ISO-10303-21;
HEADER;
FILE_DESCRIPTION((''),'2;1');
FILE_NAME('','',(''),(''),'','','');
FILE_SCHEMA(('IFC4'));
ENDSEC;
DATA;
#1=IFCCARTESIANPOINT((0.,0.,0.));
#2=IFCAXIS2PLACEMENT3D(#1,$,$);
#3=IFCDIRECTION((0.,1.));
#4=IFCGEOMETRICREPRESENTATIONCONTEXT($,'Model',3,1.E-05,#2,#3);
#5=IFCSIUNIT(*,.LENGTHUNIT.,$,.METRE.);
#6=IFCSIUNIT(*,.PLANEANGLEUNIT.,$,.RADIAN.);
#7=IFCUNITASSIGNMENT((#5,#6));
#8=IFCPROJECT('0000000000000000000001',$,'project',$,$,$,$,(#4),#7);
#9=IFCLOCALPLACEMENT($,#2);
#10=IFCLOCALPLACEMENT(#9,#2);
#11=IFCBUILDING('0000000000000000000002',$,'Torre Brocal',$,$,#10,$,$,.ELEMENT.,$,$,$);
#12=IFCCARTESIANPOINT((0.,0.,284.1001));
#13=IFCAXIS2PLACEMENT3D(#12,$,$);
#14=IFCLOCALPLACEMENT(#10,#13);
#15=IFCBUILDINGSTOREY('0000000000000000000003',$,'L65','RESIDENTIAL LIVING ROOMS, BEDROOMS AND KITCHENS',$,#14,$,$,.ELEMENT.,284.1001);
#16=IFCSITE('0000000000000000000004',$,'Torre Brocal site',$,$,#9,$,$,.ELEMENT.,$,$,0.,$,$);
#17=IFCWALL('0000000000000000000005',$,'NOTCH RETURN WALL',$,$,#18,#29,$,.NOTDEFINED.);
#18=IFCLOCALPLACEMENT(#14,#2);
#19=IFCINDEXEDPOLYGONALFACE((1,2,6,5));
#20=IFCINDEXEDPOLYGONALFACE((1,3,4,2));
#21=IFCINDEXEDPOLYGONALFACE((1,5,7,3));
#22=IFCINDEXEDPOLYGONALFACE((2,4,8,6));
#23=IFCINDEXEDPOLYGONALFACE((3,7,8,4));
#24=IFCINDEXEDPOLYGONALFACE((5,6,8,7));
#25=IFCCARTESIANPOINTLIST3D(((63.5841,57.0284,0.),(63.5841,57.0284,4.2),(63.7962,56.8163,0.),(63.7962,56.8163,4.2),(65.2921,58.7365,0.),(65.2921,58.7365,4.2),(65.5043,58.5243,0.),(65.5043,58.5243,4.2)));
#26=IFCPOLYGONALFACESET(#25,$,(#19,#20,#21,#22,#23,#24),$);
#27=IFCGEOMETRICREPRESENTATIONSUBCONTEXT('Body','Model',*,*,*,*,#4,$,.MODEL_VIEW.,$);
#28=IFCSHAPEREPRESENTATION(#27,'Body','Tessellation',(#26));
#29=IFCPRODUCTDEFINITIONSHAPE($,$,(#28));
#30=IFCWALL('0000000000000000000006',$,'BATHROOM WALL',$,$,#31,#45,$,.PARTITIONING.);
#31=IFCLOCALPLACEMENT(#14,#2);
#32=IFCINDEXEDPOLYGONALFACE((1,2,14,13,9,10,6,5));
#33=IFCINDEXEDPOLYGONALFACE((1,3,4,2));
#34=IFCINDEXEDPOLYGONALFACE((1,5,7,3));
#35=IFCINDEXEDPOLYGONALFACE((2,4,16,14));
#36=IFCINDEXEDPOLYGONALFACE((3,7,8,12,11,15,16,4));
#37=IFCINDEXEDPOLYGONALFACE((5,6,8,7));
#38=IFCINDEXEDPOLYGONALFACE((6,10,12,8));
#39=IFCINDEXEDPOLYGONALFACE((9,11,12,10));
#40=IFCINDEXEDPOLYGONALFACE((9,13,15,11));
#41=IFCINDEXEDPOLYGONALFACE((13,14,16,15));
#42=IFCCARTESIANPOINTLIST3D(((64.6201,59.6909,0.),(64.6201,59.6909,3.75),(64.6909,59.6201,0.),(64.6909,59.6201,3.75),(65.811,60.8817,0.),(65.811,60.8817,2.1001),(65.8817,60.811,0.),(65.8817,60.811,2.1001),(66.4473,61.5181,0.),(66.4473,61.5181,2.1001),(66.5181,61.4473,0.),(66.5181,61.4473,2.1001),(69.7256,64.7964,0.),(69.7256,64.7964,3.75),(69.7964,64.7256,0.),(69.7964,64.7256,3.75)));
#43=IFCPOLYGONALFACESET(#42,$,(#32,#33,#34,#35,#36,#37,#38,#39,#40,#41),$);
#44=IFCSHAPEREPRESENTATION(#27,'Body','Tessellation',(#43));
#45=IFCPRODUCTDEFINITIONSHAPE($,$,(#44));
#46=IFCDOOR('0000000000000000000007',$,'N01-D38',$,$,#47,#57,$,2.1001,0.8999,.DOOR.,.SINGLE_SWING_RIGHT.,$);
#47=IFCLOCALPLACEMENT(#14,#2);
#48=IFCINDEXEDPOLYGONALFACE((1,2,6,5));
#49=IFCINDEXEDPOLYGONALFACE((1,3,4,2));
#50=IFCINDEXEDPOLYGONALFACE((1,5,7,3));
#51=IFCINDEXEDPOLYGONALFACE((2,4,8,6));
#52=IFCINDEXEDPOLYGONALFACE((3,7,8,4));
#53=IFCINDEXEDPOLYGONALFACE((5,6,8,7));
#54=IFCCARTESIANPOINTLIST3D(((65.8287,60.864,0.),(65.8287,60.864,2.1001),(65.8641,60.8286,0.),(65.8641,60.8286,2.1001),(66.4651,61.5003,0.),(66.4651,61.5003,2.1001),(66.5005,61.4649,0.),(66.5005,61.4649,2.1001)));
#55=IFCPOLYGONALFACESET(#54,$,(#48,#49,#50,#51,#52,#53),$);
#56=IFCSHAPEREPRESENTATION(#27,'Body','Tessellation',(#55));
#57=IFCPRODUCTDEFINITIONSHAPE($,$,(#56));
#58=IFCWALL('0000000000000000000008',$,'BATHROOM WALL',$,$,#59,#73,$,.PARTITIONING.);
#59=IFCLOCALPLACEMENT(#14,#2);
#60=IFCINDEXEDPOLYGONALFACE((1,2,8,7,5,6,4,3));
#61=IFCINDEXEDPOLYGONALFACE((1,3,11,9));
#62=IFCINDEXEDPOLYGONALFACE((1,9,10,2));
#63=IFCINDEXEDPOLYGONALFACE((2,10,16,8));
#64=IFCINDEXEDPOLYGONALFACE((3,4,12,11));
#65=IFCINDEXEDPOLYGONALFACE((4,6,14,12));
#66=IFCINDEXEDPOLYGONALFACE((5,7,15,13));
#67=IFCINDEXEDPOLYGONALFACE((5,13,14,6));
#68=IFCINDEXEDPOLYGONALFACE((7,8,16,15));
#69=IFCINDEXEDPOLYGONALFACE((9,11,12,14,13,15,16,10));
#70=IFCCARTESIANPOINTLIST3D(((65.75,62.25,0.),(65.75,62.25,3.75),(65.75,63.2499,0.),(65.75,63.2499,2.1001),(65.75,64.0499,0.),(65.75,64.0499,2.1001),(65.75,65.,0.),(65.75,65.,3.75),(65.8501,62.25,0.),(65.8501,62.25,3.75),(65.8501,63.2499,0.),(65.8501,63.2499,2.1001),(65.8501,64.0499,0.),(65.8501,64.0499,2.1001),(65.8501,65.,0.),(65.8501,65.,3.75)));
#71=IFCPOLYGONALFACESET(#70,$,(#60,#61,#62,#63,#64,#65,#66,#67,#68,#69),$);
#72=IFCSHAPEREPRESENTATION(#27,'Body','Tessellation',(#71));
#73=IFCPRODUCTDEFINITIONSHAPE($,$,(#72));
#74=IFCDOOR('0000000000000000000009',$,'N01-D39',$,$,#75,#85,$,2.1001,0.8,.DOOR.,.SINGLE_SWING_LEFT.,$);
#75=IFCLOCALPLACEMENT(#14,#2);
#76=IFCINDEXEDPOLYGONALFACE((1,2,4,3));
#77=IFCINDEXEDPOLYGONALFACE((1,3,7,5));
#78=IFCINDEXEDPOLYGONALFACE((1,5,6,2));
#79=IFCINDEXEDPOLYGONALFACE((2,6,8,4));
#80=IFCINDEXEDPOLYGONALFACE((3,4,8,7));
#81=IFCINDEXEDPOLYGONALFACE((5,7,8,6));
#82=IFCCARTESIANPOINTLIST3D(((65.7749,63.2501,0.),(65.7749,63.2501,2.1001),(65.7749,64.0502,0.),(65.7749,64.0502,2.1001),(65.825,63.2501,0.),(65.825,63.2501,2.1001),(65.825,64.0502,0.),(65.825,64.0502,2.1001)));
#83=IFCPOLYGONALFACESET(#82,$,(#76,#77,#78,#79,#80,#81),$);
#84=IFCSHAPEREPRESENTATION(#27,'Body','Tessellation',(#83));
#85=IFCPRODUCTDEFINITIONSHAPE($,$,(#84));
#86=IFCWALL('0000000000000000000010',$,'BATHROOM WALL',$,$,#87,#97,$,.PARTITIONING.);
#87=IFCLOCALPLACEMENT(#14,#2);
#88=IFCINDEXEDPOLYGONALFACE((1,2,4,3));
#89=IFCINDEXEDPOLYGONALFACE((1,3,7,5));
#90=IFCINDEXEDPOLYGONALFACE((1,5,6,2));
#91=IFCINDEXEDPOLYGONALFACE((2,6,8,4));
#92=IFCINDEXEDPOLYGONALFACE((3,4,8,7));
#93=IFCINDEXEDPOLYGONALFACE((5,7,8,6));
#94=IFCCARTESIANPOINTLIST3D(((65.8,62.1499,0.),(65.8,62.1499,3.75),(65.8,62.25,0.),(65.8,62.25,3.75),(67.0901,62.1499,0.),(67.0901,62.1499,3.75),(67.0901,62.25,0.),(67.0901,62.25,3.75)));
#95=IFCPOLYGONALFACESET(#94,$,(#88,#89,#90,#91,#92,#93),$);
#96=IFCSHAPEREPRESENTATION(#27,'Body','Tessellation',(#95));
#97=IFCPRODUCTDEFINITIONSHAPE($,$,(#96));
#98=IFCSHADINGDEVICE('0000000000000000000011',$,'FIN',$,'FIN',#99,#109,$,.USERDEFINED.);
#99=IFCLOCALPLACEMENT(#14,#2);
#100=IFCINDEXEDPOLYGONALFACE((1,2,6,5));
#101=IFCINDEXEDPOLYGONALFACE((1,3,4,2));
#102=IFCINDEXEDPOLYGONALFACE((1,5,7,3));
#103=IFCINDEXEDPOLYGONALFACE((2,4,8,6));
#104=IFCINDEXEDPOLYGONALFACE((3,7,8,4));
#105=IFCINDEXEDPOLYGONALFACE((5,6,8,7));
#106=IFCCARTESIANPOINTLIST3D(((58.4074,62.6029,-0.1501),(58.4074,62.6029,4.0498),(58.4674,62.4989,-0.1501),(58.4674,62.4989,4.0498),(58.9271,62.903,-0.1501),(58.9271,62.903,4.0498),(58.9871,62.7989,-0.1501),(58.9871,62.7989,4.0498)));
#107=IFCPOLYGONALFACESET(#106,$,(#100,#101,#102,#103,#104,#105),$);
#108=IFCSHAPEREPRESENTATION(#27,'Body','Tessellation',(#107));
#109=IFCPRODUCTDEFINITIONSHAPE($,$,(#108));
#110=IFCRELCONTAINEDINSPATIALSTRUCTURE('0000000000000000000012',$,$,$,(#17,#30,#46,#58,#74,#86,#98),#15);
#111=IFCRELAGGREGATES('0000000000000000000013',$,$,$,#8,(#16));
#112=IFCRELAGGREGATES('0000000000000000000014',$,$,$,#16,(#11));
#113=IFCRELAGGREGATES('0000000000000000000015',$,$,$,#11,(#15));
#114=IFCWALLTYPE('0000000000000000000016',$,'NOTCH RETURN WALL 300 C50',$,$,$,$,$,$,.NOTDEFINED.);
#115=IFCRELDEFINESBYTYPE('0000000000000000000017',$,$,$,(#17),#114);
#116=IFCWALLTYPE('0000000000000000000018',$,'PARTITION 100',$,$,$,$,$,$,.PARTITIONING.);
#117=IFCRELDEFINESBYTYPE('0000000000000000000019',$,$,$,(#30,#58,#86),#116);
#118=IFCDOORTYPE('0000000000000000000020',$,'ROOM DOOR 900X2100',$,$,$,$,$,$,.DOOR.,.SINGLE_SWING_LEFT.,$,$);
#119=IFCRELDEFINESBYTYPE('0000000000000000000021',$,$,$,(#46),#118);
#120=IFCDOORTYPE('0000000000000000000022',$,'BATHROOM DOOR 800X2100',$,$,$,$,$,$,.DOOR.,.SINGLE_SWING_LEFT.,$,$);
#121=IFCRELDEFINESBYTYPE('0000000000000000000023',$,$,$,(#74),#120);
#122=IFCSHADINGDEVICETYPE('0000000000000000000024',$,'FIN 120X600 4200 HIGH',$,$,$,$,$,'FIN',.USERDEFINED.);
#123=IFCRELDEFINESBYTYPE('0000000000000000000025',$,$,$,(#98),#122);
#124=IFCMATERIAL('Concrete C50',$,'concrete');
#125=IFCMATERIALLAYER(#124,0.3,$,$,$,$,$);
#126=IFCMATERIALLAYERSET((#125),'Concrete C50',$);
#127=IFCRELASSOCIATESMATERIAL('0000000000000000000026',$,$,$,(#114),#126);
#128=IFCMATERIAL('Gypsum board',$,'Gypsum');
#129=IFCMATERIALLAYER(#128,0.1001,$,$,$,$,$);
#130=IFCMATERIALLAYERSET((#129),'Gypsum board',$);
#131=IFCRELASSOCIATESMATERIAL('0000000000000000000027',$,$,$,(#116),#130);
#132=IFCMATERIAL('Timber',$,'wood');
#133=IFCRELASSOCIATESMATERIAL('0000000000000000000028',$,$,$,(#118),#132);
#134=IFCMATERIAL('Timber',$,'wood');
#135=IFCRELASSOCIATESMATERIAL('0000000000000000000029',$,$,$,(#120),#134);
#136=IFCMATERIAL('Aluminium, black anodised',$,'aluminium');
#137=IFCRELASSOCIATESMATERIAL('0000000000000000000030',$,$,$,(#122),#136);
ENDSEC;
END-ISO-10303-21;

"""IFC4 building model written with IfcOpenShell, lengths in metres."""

from ifc_helpers import new_model, si_unit, direction, frame, frame_2d, origin, origin_2d, place, context, subcontext, project, spatial, rectangle, extrude, material, layer, layer_set, material_profile, profile_set, type_object, element, fill, save


model = new_model("IFC4")

# Units and contexts
model_context = context("Model", 3, precision=1e-05, world=origin(), true_north=direction((0.0, 1.0)))
body_context = subcontext(model_context, "Body", "Model", "MODEL_VIEW")
ifc_project = project(units=[si_unit("LENGTHUNIT", "METRE"), si_unit("PLANEANGLEUNIT", "RADIAN")], contexts=[model_context])

# Site, building, storey
site_placement = place(None, origin())
site = spatial("IfcSite", under=ifc_project, at=site_placement, Name="Torre Brocal site", CompositionType="ELEMENT", RefElevation=0.0)
building_placement = place(site_placement, origin())
building = spatial("IfcBuilding", under=site, at=building_placement, Name="Torre Brocal", CompositionType="ELEMENT")
storey_placement = place(building_placement, frame((0.0, 0.0, 284.1001)))
storey = spatial("IfcBuildingStorey", under=building, at=storey_placement, Name="L65", Description="RESIDENTIAL LIVING ROOMS, BEDROOMS AND KITCHENS", CompositionType="ELEMENT", Elevation=284.1001)

# Wall
ifc_material_1 = material(Name="Concrete C50", Category="concrete")
ifc_layer_1 = layer(ifc_material_1, 0.3)
ifc_layer_set_1 = layer_set([ifc_layer_1], Name="Concrete C50")
wall_type_1 = type_object("IfcWallType", Name="NOTCH RETURN WALL 300 C50", PredefinedType="NOTDEFINED", material=ifc_layer_set_1)
for number, where, z_axis, x_axis, name in (
    (1, (65.3982, 58.6304, 0.0), (0.0, 0.0, 1.0), (-0.707107, -0.707107, 0.0), "NOTCH RETURN WALL"),
):
    element("IfcWall", number, at=place(storey_placement, frame(where, z_axis=z_axis, x_axis=x_axis)), inside=storey, type_object=wall_type_1, Name=name, PredefinedType="NOTDEFINED", context=body_context, shape_type="SweptSolid", body=[
        extrude(rectangle(XDim=2.4155, YDim=0.3, at=frame_2d((1.2078, 0.0))), origin(), (0.0, 0.0, 1.0), 4.2),
    ])

# Walls, openings, doors
ifc_material_2 = material(Name="Gypsum board", Category="Gypsum")
ifc_layer_2 = layer(ifc_material_2, 0.1001)
ifc_layer_set_2 = layer_set([ifc_layer_2], Name="Gypsum board")
wall_type_2 = type_object("IfcWallType", Name="PARTITION 100", PredefinedType="PARTITIONING", material=ifc_layer_set_2)
wall_1_placement = place(storey_placement, frame((64.6555, 59.6555, 0.0), z_axis=(0.0, 0.0, 1.0), x_axis=(0.707107, 0.707107, 0.0)))
wall_1 = element("IfcWall", 2, at=wall_1_placement, inside=storey, type_object=wall_type_2, Name="BATHROOM WALL", PredefinedType="PARTITIONING", context=body_context, shape_type="SweptSolid", body=[
    extrude(rectangle(XDim=7.2202, YDim=0.1001, at=frame_2d((3.6101, 0.0))), origin(), (0.0, 0.0, 1.0), 3.75),
])
opening_1_placement = place(wall_1_placement, frame((1.6841, 0.0, 0.0)))
opening_1 = element("IfcOpeningElement", 3, at=opening_1_placement, cuts=wall_1, PredefinedType="OPENING", context=body_context, shape_type="SweptSolid", body=[
    extrude(rectangle(XDim=0.8999, YDim=2.1001, at=frame_2d((0.45, 1.05))), frame((0.0, 0.0601, 0.0), z_axis=(0.0, -1.0, 0.0), x_axis=(1.0, 0.0, 0.0)), (0.0, 0.0, 1.0), 0.1201),
])
ifc_material_3 = material(Name="Timber", Category="wood")
door_type_1 = type_object("IfcDoorType", Name="ROOM DOOR 900X2100", OperationType="SINGLE_SWING_LEFT", PredefinedType="DOOR", material=ifc_material_3)
door_1_placement = place(opening_1_placement, origin())
door_1 = element("IfcDoor", 4, at=door_1_placement, inside=storey, type_object=door_type_1, Name="N01-D38", OperationType="SINGLE_SWING_RIGHT", OverallHeight=2.1001, OverallWidth=0.8999, PredefinedType="DOOR", context=body_context, shape_type="SweptSolid", body=[
    extrude(rectangle(XDim=0.8999, YDim=2.1001, at=frame_2d((0.45, 1.05))), frame((0.0, 0.0249, 0.0), z_axis=(0.0, -1.0, 0.0), x_axis=(1.0, 0.0, 0.0)), (0.0, 0.0, 1.0), 0.05),
])
fill(opening_1, door_1)
wall_2_placement = place(storey_placement, frame((65.8, 62.25, 0.0), z_axis=(0.0, 0.0, 1.0), x_axis=(0.0, 1.0, 0.0)))
wall_2 = element("IfcWall", 5, at=wall_2_placement, inside=storey, type_object=wall_type_2, Name="BATHROOM WALL", PredefinedType="PARTITIONING", context=body_context, shape_type="SweptSolid", body=[
    extrude(rectangle(XDim=2.75, YDim=0.1001, at=frame_2d((1.375, 0.0))), origin(), (0.0, 0.0, 1.0), 3.75),
])
opening_2_placement = place(wall_2_placement, frame((1.0, 0.0, 0.0)))
opening_2 = element("IfcOpeningElement", 6, at=opening_2_placement, cuts=wall_2, PredefinedType="OPENING", context=body_context, shape_type="SweptSolid", body=[
    extrude(rectangle(XDim=0.8, YDim=2.1001, at=frame_2d((0.3999, 1.05))), frame((0.0, 0.0601, 0.0), z_axis=(0.0, -1.0, 0.0), x_axis=(1.0, 0.0, 0.0)), (0.0, 0.0, 1.0), 0.1201),
])
ifc_material_4 = material(Name="Timber", Category="wood")
door_type_2 = type_object("IfcDoorType", Name="BATHROOM DOOR 800X2100", OperationType="SINGLE_SWING_LEFT", PredefinedType="DOOR", material=ifc_material_4)
door_2_placement = place(opening_2_placement, frame((0.8, 0.0, 0.0), z_axis=(0.0, 0.0, 1.0), x_axis=(-1.0, 0.0, 0.0)))
door_2 = element("IfcDoor", 7, at=door_2_placement, inside=storey, type_object=door_type_2, Name="N01-D39", OperationType="SINGLE_SWING_LEFT", OverallHeight=2.1001, OverallWidth=0.8, PredefinedType="DOOR", context=body_context, shape_type="SweptSolid", body=[
    extrude(rectangle(XDim=0.8, YDim=2.1001, at=frame_2d((0.3999, 1.05))), frame((0.0, 0.0249, 0.0), z_axis=(0.0, -1.0, 0.0), x_axis=(1.0, 0.0, 0.0)), (0.0, 0.0, 1.0), 0.05),
])
fill(opening_2, door_2)

# Wall
wall_3_placement = place(storey_placement, frame((65.8, 62.2, 0.0), z_axis=(0.0, 0.0, 1.0), x_axis=(1.0, 0.0, 0.0)))
element("IfcWall", 8, at=wall_3_placement, inside=storey, type_object=wall_type_2, Name="BATHROOM WALL", PredefinedType="PARTITIONING", context=body_context, shape_type="SweptSolid", body=[
    extrude(rectangle(XDim=1.29, YDim=0.1001, at=frame_2d((0.645, 0.0))), origin(), (0.0, 0.0, 1.0), 3.75),
])

# Shading device
ifc_material_5 = material(Name="Aluminium, black anodised", Category="aluminium")
ifc_material_profile_1 = material_profile(ifc_material_5, rectangle(XDim=0.1201, YDim=0.6001, at=origin_2d()), Name="FIN 120X600 4200 HIGH")
ifc_profile_set_1 = profile_set([ifc_material_profile_1], Name="Aluminium, black anodised")
shading_device_type = type_object("IfcShadingDeviceType", Name="FIN 120X600 4200 HIGH", ElementType="FIN", PredefinedType="USERDEFINED", material=ifc_profile_set_1)
shading_device_placement = place(storey_placement, frame((58.6973, 62.7009, -0.1501), z_axis=(0.0, 0.0, 1.0), x_axis=(0.5, -0.866025, 0.0)))
element("IfcShadingDevice", 9, at=shading_device_placement, inside=storey, type_object=shading_device_type, Name="FIN", ObjectType="FIN", PredefinedType="USERDEFINED", context=body_context, shape_type="SweptSolid", body=[
    extrude(rectangle(XDim=0.1201, YDim=0.6001, at=origin_2d()), origin(), (0.0, 0.0, 1.0), 4.2),
])

save(model, "model.ifc")
